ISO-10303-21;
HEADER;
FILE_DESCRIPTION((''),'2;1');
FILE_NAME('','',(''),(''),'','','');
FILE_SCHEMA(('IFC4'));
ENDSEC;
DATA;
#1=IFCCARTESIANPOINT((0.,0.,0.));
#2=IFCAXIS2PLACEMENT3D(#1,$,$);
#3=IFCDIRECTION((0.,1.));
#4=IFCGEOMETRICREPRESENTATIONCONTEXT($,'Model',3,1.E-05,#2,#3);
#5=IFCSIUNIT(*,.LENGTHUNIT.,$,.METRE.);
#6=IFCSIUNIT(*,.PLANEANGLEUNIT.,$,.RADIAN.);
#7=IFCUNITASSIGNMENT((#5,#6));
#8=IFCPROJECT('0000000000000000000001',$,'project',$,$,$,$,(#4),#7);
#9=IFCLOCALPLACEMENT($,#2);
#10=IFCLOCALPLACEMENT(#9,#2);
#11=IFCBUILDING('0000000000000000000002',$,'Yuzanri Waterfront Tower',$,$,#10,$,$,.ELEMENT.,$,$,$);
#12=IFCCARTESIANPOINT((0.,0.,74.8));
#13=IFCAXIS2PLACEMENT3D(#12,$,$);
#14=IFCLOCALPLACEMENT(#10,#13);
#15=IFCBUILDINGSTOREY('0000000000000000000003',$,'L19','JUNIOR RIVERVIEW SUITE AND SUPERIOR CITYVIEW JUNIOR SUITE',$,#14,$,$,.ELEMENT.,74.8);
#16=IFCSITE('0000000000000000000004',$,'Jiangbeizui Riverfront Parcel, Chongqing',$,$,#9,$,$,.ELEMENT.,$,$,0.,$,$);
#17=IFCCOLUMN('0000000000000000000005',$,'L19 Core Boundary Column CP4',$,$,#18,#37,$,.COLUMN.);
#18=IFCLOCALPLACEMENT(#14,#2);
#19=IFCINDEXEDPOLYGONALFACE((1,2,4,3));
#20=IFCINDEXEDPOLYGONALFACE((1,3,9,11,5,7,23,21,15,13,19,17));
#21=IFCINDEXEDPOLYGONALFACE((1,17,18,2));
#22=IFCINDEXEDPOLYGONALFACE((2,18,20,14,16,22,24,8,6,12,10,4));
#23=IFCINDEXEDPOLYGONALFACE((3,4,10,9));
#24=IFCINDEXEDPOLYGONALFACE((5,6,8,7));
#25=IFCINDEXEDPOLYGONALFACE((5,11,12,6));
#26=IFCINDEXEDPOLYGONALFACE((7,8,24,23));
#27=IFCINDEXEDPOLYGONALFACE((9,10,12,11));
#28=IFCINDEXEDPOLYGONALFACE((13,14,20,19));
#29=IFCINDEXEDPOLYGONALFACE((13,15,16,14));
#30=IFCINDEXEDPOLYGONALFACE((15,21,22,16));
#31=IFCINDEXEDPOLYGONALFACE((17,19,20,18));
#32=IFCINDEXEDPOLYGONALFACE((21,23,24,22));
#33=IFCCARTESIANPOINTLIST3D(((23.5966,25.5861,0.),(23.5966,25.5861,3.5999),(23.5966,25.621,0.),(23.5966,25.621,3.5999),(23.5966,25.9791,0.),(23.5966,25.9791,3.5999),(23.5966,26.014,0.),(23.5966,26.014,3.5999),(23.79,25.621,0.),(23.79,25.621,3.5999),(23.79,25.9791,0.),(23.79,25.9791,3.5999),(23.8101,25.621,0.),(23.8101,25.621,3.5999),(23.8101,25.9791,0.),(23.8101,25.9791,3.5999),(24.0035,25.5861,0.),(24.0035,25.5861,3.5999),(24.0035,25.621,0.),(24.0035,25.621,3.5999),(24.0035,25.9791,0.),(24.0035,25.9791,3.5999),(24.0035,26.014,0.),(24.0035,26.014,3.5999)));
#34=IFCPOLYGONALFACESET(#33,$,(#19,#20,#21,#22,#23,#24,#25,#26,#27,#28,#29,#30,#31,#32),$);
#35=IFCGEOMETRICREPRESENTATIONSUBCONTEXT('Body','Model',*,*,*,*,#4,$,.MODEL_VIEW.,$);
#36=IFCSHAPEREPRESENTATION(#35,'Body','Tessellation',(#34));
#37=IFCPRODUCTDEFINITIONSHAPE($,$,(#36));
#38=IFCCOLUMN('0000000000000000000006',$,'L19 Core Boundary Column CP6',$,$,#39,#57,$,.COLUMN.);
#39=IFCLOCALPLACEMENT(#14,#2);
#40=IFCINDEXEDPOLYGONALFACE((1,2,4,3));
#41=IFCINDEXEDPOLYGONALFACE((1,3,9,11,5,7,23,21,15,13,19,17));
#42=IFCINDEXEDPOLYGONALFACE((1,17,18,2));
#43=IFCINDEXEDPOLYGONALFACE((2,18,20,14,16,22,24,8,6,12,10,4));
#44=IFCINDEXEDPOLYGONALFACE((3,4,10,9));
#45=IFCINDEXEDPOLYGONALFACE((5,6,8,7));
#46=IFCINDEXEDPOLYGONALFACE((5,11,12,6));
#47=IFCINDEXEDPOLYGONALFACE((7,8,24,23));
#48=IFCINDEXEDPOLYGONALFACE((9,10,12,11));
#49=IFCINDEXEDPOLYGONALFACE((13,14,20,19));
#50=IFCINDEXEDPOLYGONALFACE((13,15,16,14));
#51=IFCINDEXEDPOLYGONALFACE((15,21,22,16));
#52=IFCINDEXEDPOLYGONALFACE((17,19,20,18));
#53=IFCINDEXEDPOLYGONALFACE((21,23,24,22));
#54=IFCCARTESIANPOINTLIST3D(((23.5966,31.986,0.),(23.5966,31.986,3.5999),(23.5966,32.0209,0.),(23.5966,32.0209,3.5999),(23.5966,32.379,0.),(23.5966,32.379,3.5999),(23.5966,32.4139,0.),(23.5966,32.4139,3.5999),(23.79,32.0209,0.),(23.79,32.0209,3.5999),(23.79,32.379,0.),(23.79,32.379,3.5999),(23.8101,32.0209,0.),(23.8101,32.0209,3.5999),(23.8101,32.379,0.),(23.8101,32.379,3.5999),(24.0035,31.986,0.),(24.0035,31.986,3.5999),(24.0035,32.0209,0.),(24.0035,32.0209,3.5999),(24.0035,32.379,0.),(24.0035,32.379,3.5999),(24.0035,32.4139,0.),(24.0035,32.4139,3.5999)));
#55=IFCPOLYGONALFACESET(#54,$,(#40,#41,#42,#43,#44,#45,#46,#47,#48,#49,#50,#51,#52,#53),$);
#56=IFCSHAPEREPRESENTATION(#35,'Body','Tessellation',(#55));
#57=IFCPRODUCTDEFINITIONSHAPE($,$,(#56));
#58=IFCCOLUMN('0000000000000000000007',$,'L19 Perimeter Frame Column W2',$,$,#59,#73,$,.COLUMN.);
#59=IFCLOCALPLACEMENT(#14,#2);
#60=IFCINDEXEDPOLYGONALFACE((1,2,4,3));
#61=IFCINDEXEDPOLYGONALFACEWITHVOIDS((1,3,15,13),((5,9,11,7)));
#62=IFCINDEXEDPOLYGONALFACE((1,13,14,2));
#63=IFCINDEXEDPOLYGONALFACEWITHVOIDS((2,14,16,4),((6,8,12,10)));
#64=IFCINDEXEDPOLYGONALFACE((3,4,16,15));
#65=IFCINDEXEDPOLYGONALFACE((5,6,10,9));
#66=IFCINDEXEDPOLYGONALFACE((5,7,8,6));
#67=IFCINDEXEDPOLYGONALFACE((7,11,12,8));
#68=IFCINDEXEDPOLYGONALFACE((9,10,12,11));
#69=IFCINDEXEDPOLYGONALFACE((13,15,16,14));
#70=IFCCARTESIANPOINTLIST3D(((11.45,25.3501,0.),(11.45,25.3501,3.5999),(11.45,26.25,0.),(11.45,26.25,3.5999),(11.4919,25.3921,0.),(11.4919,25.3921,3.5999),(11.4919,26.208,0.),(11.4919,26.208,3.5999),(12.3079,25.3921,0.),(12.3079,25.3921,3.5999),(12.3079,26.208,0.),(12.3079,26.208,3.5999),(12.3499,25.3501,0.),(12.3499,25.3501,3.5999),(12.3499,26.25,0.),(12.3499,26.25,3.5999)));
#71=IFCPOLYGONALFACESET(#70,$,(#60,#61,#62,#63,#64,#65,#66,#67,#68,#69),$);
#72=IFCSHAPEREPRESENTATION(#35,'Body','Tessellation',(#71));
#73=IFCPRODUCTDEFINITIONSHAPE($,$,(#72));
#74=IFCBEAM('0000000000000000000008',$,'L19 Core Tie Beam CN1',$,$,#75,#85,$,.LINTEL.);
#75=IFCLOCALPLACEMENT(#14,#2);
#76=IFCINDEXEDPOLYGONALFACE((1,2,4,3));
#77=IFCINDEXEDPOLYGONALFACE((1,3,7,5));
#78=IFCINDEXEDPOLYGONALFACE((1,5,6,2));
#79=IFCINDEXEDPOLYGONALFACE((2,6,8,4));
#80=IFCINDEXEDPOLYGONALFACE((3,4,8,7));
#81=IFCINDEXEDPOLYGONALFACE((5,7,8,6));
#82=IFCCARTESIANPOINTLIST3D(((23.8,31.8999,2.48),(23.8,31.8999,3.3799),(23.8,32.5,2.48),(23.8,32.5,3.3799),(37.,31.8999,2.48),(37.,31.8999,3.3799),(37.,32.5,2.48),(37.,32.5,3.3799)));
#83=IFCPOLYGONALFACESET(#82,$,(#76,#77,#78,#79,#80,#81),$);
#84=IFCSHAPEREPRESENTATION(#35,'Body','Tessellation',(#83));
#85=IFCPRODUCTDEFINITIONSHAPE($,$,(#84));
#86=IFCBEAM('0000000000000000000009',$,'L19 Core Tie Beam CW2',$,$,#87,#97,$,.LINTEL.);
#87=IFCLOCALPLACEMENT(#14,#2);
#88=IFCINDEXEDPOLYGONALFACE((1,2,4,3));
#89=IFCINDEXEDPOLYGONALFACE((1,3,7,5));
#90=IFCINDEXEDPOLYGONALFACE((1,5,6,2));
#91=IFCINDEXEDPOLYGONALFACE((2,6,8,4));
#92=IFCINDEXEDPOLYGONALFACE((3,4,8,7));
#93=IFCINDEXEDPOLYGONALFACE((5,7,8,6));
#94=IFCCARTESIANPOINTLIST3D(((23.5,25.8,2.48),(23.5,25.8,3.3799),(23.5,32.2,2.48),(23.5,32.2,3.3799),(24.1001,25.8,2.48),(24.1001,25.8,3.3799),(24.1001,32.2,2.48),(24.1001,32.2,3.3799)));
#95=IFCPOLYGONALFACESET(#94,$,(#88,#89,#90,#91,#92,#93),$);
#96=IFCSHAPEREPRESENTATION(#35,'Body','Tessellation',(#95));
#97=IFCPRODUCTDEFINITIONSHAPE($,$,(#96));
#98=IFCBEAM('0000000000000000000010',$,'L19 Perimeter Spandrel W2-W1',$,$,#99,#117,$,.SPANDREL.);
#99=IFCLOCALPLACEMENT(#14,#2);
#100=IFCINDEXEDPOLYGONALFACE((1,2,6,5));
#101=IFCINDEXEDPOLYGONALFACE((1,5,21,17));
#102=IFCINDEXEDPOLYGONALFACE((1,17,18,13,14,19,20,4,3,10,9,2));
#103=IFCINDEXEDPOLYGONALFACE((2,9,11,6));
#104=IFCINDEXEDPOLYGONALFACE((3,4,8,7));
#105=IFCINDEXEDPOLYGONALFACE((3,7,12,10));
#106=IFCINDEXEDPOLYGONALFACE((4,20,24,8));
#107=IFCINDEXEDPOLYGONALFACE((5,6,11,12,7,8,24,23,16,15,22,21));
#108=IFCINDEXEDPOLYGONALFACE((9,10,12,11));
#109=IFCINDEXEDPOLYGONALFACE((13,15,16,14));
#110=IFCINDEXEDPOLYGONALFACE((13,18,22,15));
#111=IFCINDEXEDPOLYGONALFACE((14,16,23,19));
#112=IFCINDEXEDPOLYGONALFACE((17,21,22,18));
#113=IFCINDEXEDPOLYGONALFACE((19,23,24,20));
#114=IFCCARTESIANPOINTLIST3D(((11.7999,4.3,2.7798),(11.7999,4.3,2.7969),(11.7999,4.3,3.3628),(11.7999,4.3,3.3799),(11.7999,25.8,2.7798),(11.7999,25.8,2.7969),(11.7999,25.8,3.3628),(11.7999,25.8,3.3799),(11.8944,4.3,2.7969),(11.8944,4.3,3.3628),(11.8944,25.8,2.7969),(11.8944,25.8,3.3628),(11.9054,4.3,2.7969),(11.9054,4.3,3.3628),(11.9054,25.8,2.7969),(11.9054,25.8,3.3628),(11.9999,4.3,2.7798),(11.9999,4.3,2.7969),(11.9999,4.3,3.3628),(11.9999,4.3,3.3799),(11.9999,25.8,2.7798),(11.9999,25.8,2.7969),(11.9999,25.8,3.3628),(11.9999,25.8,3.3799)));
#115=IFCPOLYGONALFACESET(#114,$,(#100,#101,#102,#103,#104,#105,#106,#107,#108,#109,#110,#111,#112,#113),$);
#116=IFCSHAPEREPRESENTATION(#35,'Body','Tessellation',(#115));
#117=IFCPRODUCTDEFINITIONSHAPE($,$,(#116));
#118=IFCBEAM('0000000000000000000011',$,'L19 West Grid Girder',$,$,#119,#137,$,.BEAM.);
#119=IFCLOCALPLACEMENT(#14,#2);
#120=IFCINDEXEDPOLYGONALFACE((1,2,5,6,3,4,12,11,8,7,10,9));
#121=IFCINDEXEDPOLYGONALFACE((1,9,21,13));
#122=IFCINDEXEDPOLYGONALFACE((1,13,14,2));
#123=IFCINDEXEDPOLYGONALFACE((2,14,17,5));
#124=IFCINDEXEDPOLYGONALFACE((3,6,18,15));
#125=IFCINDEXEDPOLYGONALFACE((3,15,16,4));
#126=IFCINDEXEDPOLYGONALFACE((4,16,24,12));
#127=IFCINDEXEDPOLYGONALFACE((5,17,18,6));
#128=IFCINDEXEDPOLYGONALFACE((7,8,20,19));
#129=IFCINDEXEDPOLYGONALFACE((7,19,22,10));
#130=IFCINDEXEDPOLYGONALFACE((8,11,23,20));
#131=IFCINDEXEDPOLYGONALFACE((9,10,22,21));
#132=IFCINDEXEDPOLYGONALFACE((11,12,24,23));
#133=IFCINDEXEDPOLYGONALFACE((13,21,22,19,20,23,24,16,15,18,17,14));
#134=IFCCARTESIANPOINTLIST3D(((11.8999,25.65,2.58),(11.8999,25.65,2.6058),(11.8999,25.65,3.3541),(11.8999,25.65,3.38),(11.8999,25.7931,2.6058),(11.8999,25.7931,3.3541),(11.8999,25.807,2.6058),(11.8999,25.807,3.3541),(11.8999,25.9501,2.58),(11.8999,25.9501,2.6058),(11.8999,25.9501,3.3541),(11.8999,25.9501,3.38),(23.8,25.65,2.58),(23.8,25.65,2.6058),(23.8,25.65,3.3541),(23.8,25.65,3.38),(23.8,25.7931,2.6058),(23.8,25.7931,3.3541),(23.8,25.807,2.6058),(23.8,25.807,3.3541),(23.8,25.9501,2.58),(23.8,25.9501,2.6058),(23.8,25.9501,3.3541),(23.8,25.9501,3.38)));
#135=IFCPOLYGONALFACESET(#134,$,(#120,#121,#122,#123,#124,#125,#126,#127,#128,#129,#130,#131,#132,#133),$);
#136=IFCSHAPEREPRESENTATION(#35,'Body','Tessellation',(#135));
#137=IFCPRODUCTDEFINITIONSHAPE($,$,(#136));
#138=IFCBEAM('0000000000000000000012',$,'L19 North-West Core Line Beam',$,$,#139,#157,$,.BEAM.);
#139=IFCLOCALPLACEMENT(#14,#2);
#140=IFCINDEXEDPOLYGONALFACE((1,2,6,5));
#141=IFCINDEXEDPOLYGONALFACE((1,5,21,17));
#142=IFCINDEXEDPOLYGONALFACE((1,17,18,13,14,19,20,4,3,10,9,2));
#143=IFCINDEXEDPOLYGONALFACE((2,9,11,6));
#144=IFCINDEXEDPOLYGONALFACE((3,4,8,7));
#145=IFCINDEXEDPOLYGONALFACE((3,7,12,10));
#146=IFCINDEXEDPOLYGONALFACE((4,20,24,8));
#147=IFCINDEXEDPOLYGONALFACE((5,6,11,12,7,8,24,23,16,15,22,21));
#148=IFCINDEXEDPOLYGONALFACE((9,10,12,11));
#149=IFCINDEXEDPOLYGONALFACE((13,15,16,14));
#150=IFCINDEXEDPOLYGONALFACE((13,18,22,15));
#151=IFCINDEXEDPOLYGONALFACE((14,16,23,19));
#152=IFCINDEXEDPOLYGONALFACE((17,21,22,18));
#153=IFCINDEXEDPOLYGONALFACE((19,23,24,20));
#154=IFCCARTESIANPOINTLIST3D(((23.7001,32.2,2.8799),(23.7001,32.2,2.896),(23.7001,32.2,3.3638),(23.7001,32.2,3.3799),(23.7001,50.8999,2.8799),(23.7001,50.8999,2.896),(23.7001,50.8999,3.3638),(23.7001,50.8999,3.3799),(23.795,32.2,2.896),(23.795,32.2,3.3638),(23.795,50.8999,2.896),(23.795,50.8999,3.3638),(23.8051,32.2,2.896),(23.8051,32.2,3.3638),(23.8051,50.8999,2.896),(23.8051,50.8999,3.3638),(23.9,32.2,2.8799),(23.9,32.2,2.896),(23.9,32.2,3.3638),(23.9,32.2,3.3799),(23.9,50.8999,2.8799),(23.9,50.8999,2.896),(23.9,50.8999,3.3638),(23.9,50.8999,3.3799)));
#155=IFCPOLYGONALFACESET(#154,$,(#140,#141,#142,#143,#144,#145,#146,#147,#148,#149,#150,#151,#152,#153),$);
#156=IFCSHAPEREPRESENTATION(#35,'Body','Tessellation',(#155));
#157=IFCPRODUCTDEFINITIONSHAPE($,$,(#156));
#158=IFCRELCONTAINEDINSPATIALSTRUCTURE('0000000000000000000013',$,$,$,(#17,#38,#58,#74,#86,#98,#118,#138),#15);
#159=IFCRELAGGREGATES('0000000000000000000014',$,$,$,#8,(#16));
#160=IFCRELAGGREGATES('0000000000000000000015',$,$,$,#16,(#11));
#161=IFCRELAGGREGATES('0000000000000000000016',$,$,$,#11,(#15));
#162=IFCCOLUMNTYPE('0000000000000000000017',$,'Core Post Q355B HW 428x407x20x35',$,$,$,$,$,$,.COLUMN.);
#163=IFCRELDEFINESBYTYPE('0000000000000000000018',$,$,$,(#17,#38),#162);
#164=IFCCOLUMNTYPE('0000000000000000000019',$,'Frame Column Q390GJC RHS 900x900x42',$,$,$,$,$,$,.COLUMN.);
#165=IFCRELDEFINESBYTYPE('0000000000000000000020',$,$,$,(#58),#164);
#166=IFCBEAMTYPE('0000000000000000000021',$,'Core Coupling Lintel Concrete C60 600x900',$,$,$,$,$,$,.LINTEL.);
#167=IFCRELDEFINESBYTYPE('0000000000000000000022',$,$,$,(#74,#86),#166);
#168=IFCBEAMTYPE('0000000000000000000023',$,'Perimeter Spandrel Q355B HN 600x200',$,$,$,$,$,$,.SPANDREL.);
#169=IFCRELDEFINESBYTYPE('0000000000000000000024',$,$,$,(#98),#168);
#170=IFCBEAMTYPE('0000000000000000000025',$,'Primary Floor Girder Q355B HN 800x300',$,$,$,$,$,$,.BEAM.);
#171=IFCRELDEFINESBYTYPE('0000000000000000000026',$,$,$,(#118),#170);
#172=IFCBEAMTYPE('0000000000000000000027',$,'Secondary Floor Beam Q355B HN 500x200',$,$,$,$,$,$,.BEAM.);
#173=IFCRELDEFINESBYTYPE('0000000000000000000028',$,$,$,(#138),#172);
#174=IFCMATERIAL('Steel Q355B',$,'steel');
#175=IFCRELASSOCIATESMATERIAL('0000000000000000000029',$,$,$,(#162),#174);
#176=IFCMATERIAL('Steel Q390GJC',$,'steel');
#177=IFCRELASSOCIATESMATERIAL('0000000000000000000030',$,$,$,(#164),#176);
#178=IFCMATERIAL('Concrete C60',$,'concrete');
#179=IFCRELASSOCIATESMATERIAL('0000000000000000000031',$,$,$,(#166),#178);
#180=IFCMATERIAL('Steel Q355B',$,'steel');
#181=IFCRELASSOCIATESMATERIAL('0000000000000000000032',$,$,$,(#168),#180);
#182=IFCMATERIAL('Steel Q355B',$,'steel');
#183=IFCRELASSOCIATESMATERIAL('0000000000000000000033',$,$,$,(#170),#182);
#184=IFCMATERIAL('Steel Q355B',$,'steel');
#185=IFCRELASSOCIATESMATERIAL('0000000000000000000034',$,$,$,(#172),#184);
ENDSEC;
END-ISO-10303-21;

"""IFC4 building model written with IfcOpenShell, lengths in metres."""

from ifc_helpers import new_model, si_unit, direction, frame, origin, origin_2d, place, context, subcontext, project, spatial, rectangle, hollow_rectangle, i_section, extrude, source, transform, mapped, material, material_profile, profile_set, type_object, element, save


model = new_model("IFC4")

# Units and contexts
model_context = context("Model", 3, precision=1e-05, world=origin(), true_north=direction((0.0, 1.0)))
body_context = subcontext(model_context, "Body", "Model", "MODEL_VIEW")
ifc_project = project(units=[si_unit("LENGTHUNIT", "METRE"), si_unit("PLANEANGLEUNIT", "RADIAN")], contexts=[model_context])

# Site, building, storey
site_placement = place(None, origin())
site = spatial("IfcSite", under=ifc_project, at=site_placement, Name="Jiangbeizui Riverfront Parcel, Chongqing", CompositionType="ELEMENT", RefElevation=0.0)
building_placement = place(site_placement, origin())
building = spatial("IfcBuilding", under=site, at=building_placement, Name="Yuzanri Waterfront Tower", CompositionType="ELEMENT")
storey_placement = place(building_placement, frame((0.0, 0.0, 74.8)))
storey = spatial("IfcBuildingStorey", under=building, at=storey_placement, Name="L19", Description="JUNIOR RIVERVIEW SUITE AND SUPERIOR CITYVIEW JUNIOR SUITE", CompositionType="ELEMENT", Elevation=74.8)

# Columns
ifc_material_1 = material(Name="Steel Q355B", Category="steel")
ifc_material_profile_1 = material_profile(ifc_material_1, i_section(OverallWidth=0.407, OverallDepth=0.428, WebThickness=0.02, FlangeThickness=0.0349, at=origin_2d()), Name="HW 428x407x20x35")
ifc_profile_set_1 = profile_set([ifc_material_profile_1], Name="Steel Q355B")
column_type_1 = type_object("IfcColumnType", Name="Core Post Q355B HW 428x407x20x35", PredefinedType="COLUMN", material=ifc_profile_set_1)
shared_shape_1 = source(origin(), body_context, "Body", "SweptSolid", [
    extrude(i_section(OverallWidth=0.407, OverallDepth=0.428, WebThickness=0.02, FlangeThickness=0.0349, at=origin_2d()), origin(), (0.0, 0.0, 1.0), 3.5999),
])
for number, where, z_axis, x_axis, name in (
    (1, (23.8, 25.8, 0.0), (0.0, 0.0, 1.0), (1.0, 0.0, 0.0), "L19 Core Boundary Column CP4"),
    (2, (23.8, 32.2, 0.0), (0.0, 0.0, 1.0), (1.0, 0.0, 0.0), "L19 Core Boundary Column CP6"),
):
    element("IfcColumn", number, at=place(storey_placement, frame(where, z_axis=z_axis, x_axis=x_axis)), inside=storey, type_object=column_type_1, Name=name, PredefinedType="COLUMN", context=body_context, shape_type="MappedRepresentation", body=[
        mapped(shared_shape_1, transform((0.0, 0.0, 0.0), scale=1.0)),
    ])
ifc_material_2 = material(Name="Steel Q390GJC", Category="steel")
ifc_material_profile_2 = material_profile(ifc_material_2, hollow_rectangle(XDim=0.8999, YDim=0.8999, WallThickness=0.042, at=origin_2d()), Name="RHS 900x900x42")
ifc_profile_set_2 = profile_set([ifc_material_profile_2], Name="Steel Q390GJC")
column_type_2 = type_object("IfcColumnType", Name="Frame Column Q390GJC RHS 900x900x42", PredefinedType="COLUMN", material=ifc_profile_set_2)
shared_shape_2 = source(origin(), body_context, "Body", "SweptSolid", [
    extrude(hollow_rectangle(XDim=0.8999, YDim=0.8999, WallThickness=0.042, at=origin_2d()), origin(), (0.0, 0.0, 1.0), 3.5999),
])
column_placement = place(storey_placement, frame((11.8999, 25.8, 0.0), z_axis=(0.0, 0.0, 1.0), x_axis=(1.0, 0.0, 0.0)))
element("IfcColumn", 3, at=column_placement, inside=storey, type_object=column_type_2, Name="L19 Perimeter Frame Column W2", PredefinedType="COLUMN", context=body_context, shape_type="MappedRepresentation", body=[
    mapped(shared_shape_2, transform((0.0, 0.0, 0.0), scale=1.0)),
])

# Beams
ifc_material_3 = material(Name="Concrete C60", Category="concrete")
ifc_material_profile_3 = material_profile(ifc_material_3, rectangle(XDim=0.6001, YDim=0.8999, at=origin_2d()), Name="RC 600x900")
ifc_profile_set_3 = profile_set([ifc_material_profile_3], Name="Concrete C60")
beam_type_1 = type_object("IfcBeamType", Name="Core Coupling Lintel Concrete C60 600x900", PredefinedType="LINTEL", material=ifc_profile_set_3)
shared_shape_3 = source(origin(), body_context, "Body", "SweptSolid", [
    extrude(rectangle(XDim=0.6001, YDim=0.8999, at=origin_2d()), origin(), (0.0, 0.0, 1.0), 13.2),
])
beam_1_placement = place(storey_placement, frame((23.8, 32.2, 2.9299), z_axis=(1.0, 0.0, 0.0), x_axis=(0.0, 1.0, 0.0)))
element("IfcBeam", 4, at=beam_1_placement, inside=storey, type_object=beam_type_1, Name="L19 Core Tie Beam CN1", PredefinedType="LINTEL", context=body_context, shape_type="MappedRepresentation", body=[
    mapped(shared_shape_3, transform((0.0, 0.0, 0.0), scale=1.0)),
])
shared_shape_4 = source(origin(), body_context, "Body", "SweptSolid", [
    extrude(rectangle(XDim=0.6001, YDim=0.8999, at=origin_2d()), origin(), (0.0, 0.0, 1.0), 6.3999),
])
beam_2_placement = place(storey_placement, frame((23.8, 25.8, 2.9299), z_axis=(0.0, 1.0, 0.0), x_axis=(-1.0, 0.0, 0.0)))
element("IfcBeam", 5, at=beam_2_placement, inside=storey, type_object=beam_type_1, Name="L19 Core Tie Beam CW2", PredefinedType="LINTEL", context=body_context, shape_type="MappedRepresentation", body=[
    mapped(shared_shape_4, transform((0.0, 0.0, 0.0), scale=1.0)),
])
ifc_material_4 = material(Name="Steel Q355B", Category="steel")
ifc_material_profile_4 = material_profile(ifc_material_4, i_section(OverallWidth=0.2, OverallDepth=0.6001, WebThickness=0.011, FlangeThickness=0.0171, at=origin_2d()), Name="HN 600x200x11x17")
ifc_profile_set_4 = profile_set([ifc_material_profile_4], Name="Steel Q355B")
beam_type_2 = type_object("IfcBeamType", Name="Perimeter Spandrel Q355B HN 600x200", PredefinedType="SPANDREL", material=ifc_profile_set_4)
shared_shape_5 = source(origin(), body_context, "Body", "SweptSolid", [
    extrude(i_section(OverallWidth=0.2, OverallDepth=0.6001, WebThickness=0.011, FlangeThickness=0.0171, at=origin_2d()), origin(), (0.0, 0.0, 1.0), 21.5),
])
beam_3_placement = place(storey_placement, frame((11.8999, 25.8, 3.0798), z_axis=(0.0, -1.0, 0.0), x_axis=(1.0, 0.0, 0.0)))
element("IfcBeam", 6, at=beam_3_placement, inside=storey, type_object=beam_type_2, Name="L19 Perimeter Spandrel W2-W1", PredefinedType="SPANDREL", context=body_context, shape_type="MappedRepresentation", body=[
    mapped(shared_shape_5, transform((0.0, 0.0, 0.0), scale=1.0)),
])
ifc_material_5 = material(Name="Steel Q355B", Category="steel")
ifc_material_profile_5 = material_profile(ifc_material_5, i_section(OverallWidth=0.3, OverallDepth=0.8, WebThickness=0.0139, FlangeThickness=0.0259, at=origin_2d()), Name="HN 800x300x14x26")
ifc_profile_set_5 = profile_set([ifc_material_profile_5], Name="Steel Q355B")
beam_type_3 = type_object("IfcBeamType", Name="Primary Floor Girder Q355B HN 800x300", PredefinedType="BEAM", material=ifc_profile_set_5)
shared_shape_6 = source(origin(), body_context, "Body", "SweptSolid", [
    extrude(i_section(OverallWidth=0.3, OverallDepth=0.8, WebThickness=0.0139, FlangeThickness=0.0259, at=origin_2d()), origin(), (0.0, 0.0, 1.0), 11.9001),
])
beam_4_placement = place(storey_placement, frame((23.8, 25.8, 2.98), z_axis=(-1.0, 0.0, 0.0), x_axis=(0.0, -1.0, 0.0)))
element("IfcBeam", 7, at=beam_4_placement, inside=storey, type_object=beam_type_3, Name="L19 West Grid Girder", PredefinedType="BEAM", context=body_context, shape_type="MappedRepresentation", body=[
    mapped(shared_shape_6, transform((0.0, 0.0, 0.0), scale=1.0)),
])
ifc_material_6 = material(Name="Steel Q355B", Category="steel")
ifc_material_profile_6 = material_profile(ifc_material_6, i_section(OverallWidth=0.2, OverallDepth=0.5, WebThickness=0.01, FlangeThickness=0.0161, at=origin_2d()), Name="HN 500x200x10x16")
ifc_profile_set_6 = profile_set([ifc_material_profile_6], Name="Steel Q355B")
beam_type_4 = type_object("IfcBeamType", Name="Secondary Floor Beam Q355B HN 500x200", PredefinedType="BEAM", material=ifc_profile_set_6)
shared_shape_7 = source(origin(), body_context, "Body", "SweptSolid", [
    extrude(i_section(OverallWidth=0.2, OverallDepth=0.5, WebThickness=0.01, FlangeThickness=0.0161, at=origin_2d()), origin(), (0.0, 0.0, 1.0), 18.7),
])
beam_5_placement = place(storey_placement, frame((23.8, 32.2, 3.1299), z_axis=(0.0, 1.0, 0.0), x_axis=(-1.0, 0.0, 0.0)))
element("IfcBeam", 8, at=beam_5_placement, inside=storey, type_object=beam_type_4, Name="L19 North-West Core Line Beam", PredefinedType="BEAM", context=body_context, shape_type="MappedRepresentation", body=[
    mapped(shared_shape_7, transform((0.0, 0.0, 0.0), scale=1.0)),
])

save(model, "model.ifc")
